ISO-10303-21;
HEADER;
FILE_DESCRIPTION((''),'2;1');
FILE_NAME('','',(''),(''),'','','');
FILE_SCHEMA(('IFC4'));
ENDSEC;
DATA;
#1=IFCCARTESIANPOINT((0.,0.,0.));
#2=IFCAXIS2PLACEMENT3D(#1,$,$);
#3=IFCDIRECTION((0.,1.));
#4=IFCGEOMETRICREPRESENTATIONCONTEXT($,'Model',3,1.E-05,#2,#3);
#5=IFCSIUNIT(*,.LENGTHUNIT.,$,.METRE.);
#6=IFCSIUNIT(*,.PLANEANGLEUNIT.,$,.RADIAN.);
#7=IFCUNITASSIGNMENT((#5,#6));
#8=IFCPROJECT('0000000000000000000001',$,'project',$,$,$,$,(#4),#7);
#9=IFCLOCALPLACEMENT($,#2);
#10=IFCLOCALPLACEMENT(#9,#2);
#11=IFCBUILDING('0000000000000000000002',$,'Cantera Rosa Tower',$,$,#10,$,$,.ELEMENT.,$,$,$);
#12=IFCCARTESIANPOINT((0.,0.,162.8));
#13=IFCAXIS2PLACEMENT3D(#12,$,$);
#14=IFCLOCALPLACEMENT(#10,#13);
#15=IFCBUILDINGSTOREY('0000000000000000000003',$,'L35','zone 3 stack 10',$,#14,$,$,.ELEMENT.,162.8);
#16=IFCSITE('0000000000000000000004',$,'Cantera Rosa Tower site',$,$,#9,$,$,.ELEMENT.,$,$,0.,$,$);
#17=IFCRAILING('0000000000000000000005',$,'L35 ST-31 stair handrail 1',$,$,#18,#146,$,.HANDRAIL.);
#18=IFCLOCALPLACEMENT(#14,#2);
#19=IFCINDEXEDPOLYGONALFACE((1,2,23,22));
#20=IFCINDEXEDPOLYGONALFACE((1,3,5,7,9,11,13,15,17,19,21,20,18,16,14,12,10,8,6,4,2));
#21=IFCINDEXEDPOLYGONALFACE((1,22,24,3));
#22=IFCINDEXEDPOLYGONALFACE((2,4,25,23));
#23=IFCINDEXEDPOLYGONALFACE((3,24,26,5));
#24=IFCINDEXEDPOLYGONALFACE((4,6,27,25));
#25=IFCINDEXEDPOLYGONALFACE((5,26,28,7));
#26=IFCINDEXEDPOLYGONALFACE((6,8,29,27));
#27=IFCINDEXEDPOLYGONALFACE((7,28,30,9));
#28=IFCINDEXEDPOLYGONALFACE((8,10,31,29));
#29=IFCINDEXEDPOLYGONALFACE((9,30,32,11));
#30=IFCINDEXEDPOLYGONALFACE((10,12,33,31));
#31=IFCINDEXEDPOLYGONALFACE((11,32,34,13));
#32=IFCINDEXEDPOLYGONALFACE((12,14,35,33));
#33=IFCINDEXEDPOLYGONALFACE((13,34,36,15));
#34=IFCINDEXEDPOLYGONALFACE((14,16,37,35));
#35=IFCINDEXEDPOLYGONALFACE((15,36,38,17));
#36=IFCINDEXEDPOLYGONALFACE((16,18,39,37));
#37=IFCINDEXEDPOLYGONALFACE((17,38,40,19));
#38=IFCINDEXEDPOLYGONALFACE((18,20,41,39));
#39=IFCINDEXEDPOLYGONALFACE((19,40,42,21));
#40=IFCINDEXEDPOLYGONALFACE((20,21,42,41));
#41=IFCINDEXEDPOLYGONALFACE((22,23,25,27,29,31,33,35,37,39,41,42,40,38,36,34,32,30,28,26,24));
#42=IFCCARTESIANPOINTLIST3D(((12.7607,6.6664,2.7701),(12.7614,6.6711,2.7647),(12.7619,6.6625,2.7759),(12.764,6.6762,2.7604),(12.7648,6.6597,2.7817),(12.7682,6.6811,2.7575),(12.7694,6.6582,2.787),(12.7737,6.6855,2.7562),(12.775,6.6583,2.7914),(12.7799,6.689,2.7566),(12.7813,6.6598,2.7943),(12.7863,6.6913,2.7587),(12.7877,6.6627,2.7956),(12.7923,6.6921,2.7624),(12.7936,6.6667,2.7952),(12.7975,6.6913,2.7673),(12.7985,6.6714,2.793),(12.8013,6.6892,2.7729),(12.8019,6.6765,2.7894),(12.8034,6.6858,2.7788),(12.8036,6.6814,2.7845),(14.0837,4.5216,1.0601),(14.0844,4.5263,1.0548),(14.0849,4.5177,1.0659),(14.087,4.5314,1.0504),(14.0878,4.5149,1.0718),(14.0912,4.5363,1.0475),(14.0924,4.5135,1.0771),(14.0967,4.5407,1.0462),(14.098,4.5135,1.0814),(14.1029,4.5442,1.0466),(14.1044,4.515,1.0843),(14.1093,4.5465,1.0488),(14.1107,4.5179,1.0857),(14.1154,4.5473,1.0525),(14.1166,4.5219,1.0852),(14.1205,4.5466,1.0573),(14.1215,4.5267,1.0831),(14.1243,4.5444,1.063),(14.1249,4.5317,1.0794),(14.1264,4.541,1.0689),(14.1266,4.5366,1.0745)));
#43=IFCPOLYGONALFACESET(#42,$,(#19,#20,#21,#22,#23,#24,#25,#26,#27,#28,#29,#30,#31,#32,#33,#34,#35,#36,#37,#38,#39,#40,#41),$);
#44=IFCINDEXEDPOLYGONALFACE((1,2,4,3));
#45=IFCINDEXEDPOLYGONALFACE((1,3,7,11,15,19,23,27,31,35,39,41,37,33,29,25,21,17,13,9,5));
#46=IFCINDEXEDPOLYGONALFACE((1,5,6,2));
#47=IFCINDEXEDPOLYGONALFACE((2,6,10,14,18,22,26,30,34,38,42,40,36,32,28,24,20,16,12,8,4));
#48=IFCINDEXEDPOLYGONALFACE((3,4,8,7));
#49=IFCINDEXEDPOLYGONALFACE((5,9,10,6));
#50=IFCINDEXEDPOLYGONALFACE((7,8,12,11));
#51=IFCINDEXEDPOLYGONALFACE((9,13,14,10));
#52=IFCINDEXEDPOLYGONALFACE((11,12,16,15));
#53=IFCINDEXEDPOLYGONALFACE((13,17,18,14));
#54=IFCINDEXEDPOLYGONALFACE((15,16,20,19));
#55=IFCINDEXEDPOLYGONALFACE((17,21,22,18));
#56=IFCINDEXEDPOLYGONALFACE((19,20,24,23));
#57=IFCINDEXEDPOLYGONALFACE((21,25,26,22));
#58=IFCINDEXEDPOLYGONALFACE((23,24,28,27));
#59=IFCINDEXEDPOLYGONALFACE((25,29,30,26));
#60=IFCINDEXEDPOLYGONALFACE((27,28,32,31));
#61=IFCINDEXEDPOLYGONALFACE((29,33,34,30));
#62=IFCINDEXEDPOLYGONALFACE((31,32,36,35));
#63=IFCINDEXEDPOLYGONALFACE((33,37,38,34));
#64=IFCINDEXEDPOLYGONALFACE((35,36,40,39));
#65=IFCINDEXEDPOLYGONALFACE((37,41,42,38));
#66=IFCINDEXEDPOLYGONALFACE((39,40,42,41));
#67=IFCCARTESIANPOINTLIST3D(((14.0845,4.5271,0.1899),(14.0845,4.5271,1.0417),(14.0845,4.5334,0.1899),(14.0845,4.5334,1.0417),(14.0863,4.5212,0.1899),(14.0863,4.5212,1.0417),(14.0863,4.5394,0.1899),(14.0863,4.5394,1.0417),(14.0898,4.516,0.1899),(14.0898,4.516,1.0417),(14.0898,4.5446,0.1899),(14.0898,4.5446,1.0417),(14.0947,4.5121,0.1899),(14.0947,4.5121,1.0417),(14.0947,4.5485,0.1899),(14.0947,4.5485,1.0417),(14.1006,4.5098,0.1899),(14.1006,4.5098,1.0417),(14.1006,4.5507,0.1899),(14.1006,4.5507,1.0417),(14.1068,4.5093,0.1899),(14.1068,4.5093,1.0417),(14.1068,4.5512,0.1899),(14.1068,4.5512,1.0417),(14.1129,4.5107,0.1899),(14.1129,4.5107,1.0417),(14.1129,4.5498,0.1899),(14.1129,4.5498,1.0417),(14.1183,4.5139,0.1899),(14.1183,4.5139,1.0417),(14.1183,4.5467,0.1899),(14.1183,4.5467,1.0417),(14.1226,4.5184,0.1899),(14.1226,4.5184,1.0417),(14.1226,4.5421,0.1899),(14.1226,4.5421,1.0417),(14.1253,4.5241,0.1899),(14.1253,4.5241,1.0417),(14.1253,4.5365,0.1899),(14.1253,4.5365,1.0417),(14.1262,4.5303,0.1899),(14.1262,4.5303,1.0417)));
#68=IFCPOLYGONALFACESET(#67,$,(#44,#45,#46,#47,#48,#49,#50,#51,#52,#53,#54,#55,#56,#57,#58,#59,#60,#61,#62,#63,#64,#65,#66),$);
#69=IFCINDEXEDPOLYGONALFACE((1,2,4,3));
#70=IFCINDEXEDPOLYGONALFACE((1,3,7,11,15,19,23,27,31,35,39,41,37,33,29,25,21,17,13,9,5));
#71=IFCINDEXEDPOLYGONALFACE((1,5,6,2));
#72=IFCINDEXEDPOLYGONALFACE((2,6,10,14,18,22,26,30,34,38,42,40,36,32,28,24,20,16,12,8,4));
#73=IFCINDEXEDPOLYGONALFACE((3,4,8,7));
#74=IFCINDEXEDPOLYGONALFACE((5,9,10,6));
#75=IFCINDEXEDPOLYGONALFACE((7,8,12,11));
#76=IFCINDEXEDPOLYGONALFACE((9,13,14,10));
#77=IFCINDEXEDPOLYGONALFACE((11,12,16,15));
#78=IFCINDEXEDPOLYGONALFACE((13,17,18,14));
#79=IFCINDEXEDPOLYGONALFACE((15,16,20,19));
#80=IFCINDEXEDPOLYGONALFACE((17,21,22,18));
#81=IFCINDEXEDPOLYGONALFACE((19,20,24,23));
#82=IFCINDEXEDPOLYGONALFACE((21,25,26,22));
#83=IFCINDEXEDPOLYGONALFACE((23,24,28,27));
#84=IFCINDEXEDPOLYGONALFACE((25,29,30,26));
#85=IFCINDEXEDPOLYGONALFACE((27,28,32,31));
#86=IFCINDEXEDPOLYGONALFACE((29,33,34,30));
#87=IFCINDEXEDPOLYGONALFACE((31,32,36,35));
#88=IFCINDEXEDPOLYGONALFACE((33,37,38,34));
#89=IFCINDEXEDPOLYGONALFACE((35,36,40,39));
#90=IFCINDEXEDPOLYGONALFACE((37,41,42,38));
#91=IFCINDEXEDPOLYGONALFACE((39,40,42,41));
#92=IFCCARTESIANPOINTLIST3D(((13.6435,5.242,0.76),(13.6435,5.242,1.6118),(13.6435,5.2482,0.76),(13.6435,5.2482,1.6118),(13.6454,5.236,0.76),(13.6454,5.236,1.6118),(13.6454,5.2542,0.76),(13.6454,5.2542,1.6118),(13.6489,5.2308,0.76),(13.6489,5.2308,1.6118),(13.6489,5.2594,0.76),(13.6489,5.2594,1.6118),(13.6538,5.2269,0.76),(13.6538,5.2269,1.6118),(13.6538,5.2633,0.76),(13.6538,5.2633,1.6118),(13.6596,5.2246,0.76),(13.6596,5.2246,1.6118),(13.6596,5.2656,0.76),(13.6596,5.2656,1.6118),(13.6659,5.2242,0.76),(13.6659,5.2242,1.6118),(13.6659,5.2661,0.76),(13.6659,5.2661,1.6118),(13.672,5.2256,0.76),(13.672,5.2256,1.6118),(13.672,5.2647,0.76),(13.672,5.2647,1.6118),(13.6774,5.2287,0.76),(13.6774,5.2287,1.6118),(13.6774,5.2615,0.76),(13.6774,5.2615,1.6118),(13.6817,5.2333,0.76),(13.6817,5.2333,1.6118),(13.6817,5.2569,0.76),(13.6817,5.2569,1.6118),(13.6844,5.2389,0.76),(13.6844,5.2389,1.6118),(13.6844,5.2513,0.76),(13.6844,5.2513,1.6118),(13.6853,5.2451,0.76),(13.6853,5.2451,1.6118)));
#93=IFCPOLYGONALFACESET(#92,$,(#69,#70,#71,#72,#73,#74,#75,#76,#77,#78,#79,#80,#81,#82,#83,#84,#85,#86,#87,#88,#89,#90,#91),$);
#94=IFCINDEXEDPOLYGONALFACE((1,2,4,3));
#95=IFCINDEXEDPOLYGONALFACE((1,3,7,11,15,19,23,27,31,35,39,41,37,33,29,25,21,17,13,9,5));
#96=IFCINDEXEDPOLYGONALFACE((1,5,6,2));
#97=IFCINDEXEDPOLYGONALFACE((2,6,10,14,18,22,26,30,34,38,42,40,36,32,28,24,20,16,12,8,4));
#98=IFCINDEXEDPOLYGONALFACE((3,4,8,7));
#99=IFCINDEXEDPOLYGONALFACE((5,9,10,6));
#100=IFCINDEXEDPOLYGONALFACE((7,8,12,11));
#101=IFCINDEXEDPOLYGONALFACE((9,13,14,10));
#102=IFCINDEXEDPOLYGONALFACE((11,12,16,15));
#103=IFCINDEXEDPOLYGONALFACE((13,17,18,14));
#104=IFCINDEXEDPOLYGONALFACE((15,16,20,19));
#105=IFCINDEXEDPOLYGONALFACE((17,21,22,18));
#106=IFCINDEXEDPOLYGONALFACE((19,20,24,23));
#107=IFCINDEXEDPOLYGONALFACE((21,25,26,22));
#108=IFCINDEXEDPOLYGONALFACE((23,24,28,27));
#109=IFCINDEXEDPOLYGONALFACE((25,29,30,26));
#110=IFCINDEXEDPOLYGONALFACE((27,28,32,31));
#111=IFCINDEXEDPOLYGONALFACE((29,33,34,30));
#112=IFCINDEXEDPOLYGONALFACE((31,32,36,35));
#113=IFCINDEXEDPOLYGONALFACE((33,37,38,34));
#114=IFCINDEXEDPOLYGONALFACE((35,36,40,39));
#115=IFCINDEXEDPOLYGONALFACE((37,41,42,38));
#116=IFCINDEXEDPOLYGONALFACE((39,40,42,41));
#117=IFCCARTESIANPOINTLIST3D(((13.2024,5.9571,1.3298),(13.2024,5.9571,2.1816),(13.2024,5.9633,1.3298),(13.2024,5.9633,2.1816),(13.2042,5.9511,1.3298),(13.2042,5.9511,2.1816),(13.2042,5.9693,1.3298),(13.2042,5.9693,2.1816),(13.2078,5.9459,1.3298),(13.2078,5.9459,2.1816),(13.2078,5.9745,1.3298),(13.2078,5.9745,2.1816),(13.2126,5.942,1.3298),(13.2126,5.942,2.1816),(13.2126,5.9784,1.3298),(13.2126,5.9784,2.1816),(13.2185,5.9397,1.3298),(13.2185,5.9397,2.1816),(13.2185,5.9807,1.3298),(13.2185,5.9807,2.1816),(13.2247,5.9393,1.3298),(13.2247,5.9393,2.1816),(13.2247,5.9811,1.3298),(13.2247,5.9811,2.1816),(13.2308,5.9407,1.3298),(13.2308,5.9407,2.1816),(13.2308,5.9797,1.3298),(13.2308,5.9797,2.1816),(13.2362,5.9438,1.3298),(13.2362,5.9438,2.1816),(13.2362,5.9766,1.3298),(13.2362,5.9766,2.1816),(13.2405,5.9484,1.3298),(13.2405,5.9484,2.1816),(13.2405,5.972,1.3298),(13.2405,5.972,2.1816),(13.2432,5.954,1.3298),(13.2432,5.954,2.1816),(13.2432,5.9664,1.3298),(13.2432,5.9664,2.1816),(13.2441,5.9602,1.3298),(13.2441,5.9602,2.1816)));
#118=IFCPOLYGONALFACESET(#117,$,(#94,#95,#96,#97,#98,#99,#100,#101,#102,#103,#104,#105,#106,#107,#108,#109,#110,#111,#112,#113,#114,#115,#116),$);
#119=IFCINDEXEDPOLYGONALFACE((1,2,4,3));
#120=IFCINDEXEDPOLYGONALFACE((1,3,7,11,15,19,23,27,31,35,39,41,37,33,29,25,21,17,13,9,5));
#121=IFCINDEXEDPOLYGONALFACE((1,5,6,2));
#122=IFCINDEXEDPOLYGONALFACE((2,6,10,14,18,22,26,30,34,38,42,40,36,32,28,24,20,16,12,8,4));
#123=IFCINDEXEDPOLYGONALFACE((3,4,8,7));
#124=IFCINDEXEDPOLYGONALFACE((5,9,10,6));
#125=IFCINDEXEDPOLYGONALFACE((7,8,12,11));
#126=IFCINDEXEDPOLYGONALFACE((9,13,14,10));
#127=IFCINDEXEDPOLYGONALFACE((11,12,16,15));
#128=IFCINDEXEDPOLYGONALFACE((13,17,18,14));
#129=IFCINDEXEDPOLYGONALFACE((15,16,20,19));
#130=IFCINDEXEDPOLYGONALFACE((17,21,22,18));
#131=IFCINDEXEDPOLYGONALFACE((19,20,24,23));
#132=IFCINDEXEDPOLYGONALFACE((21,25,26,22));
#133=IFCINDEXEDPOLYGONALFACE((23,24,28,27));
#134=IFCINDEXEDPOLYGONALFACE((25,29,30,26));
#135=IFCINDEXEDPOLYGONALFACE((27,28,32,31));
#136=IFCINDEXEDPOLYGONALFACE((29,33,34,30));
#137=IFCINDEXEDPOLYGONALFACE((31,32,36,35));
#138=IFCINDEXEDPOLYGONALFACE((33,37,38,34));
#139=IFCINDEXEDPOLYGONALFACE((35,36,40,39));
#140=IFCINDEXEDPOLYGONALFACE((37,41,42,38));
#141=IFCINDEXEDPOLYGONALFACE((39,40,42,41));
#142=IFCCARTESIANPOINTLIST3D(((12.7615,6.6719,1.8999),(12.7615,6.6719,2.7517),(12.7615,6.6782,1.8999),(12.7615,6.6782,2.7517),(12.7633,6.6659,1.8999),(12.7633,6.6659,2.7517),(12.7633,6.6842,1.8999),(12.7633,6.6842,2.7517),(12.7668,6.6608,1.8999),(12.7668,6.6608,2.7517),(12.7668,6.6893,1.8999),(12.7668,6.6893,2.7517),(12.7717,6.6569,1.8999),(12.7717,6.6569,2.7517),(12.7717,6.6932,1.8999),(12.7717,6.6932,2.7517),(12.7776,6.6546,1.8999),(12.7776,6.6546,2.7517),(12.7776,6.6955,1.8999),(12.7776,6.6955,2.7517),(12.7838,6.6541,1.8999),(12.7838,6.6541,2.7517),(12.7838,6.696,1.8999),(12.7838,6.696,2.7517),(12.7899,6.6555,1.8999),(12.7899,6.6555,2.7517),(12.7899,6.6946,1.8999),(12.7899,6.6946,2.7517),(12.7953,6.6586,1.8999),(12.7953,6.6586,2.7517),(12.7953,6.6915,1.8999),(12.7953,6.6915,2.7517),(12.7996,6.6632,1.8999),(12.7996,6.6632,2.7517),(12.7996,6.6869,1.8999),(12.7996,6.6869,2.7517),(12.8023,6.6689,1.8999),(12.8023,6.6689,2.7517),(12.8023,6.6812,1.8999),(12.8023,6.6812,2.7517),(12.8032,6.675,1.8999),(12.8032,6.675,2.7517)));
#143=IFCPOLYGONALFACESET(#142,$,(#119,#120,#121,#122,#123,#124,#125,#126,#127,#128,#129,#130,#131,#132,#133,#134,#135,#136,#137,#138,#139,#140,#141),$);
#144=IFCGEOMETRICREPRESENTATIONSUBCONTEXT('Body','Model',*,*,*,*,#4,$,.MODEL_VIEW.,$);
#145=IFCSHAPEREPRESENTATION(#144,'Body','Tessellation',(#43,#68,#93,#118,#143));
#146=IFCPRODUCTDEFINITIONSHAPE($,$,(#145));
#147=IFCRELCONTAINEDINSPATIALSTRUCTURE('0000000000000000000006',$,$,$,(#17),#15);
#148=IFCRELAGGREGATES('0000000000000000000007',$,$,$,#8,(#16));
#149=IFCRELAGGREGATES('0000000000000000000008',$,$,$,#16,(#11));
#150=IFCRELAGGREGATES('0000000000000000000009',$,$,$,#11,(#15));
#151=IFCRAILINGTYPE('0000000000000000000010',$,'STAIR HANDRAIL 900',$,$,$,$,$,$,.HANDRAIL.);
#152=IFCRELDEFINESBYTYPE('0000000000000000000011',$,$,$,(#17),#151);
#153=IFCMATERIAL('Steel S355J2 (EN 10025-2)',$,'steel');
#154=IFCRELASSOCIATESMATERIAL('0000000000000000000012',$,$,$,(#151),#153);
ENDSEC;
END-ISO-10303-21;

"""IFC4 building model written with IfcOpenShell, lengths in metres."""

from ifc_helpers import new_model, si_unit, direction, frame, origin, origin_2d, place, context, subcontext, project, spatial, circle, extrude, material, type_object, element, save


model = new_model("IFC4")

# Units and contexts
model_context = context("Model", 3, precision=1e-05, world=origin(), true_north=direction((0.0, 1.0)))
body_context = subcontext(model_context, "Body", "Model", "MODEL_VIEW")
ifc_project = project(units=[si_unit("LENGTHUNIT", "METRE"), si_unit("PLANEANGLEUNIT", "RADIAN")], contexts=[model_context])

# Site, building, storey
site_placement = place(None, origin())
site = spatial("IfcSite", under=ifc_project, at=site_placement, Name="Cantera Rosa Tower site", CompositionType="ELEMENT", RefElevation=0.0)
building_placement = place(site_placement, origin())
building = spatial("IfcBuilding", under=site, at=building_placement, Name="Cantera Rosa Tower", CompositionType="ELEMENT")
storey_placement = place(building_placement, frame((0.0, 0.0, 162.8)))
storey = spatial("IfcBuildingStorey", under=building, at=storey_placement, Name="L35", Description="zone 3 stack 10", CompositionType="ELEMENT", Elevation=162.8)

# Railing
ifc_material_1 = material(Name="Steel S355J2 (EN 10025-2)", Category="steel")
railing_type_1 = type_object("IfcRailingType", Name="STAIR HANDRAIL 900", PredefinedType="HANDRAIL", material=ifc_material_1)
railing_1_placement = place(storey_placement, frame((14.1052, 4.5303, 0.1899)))
element("IfcRailing", 1, at=railing_1_placement, inside=storey, type_object=railing_type_1, Name="L35 ST-31 stair handrail 1", PredefinedType="HANDRAIL", context=body_context, shape_type="SweptSolid", body=[
    extrude(circle(Radius=0.0239, at=origin_2d()), frame((0.0, 0.0, 0.876), z_axis=(-0.434428, 0.704271, 0.561493), x_axis=(-0.851102, -0.525, 0.0)), (0.0, 0.0, 1.0), 3.0454),
    extrude(circle(Radius=0.021, at=origin_2d()), origin(), (0.0, 0.0, 1.0), 0.8518),
    extrude(circle(Radius=0.021, at=origin_2d()), frame((-0.4409, 0.7148, 0.5701)), (0.0, 0.0, 1.0), 0.8518),
    extrude(circle(Radius=0.021, at=origin_2d()), frame((-0.8821, 1.4299, 1.1399)), (0.0, 0.0, 1.0), 0.8518),
    extrude(circle(Radius=0.021, at=origin_2d()), frame((-1.323, 2.1448, 1.71)), (0.0, 0.0, 1.0), 0.8518),
])

save(model, "model.ifc")
